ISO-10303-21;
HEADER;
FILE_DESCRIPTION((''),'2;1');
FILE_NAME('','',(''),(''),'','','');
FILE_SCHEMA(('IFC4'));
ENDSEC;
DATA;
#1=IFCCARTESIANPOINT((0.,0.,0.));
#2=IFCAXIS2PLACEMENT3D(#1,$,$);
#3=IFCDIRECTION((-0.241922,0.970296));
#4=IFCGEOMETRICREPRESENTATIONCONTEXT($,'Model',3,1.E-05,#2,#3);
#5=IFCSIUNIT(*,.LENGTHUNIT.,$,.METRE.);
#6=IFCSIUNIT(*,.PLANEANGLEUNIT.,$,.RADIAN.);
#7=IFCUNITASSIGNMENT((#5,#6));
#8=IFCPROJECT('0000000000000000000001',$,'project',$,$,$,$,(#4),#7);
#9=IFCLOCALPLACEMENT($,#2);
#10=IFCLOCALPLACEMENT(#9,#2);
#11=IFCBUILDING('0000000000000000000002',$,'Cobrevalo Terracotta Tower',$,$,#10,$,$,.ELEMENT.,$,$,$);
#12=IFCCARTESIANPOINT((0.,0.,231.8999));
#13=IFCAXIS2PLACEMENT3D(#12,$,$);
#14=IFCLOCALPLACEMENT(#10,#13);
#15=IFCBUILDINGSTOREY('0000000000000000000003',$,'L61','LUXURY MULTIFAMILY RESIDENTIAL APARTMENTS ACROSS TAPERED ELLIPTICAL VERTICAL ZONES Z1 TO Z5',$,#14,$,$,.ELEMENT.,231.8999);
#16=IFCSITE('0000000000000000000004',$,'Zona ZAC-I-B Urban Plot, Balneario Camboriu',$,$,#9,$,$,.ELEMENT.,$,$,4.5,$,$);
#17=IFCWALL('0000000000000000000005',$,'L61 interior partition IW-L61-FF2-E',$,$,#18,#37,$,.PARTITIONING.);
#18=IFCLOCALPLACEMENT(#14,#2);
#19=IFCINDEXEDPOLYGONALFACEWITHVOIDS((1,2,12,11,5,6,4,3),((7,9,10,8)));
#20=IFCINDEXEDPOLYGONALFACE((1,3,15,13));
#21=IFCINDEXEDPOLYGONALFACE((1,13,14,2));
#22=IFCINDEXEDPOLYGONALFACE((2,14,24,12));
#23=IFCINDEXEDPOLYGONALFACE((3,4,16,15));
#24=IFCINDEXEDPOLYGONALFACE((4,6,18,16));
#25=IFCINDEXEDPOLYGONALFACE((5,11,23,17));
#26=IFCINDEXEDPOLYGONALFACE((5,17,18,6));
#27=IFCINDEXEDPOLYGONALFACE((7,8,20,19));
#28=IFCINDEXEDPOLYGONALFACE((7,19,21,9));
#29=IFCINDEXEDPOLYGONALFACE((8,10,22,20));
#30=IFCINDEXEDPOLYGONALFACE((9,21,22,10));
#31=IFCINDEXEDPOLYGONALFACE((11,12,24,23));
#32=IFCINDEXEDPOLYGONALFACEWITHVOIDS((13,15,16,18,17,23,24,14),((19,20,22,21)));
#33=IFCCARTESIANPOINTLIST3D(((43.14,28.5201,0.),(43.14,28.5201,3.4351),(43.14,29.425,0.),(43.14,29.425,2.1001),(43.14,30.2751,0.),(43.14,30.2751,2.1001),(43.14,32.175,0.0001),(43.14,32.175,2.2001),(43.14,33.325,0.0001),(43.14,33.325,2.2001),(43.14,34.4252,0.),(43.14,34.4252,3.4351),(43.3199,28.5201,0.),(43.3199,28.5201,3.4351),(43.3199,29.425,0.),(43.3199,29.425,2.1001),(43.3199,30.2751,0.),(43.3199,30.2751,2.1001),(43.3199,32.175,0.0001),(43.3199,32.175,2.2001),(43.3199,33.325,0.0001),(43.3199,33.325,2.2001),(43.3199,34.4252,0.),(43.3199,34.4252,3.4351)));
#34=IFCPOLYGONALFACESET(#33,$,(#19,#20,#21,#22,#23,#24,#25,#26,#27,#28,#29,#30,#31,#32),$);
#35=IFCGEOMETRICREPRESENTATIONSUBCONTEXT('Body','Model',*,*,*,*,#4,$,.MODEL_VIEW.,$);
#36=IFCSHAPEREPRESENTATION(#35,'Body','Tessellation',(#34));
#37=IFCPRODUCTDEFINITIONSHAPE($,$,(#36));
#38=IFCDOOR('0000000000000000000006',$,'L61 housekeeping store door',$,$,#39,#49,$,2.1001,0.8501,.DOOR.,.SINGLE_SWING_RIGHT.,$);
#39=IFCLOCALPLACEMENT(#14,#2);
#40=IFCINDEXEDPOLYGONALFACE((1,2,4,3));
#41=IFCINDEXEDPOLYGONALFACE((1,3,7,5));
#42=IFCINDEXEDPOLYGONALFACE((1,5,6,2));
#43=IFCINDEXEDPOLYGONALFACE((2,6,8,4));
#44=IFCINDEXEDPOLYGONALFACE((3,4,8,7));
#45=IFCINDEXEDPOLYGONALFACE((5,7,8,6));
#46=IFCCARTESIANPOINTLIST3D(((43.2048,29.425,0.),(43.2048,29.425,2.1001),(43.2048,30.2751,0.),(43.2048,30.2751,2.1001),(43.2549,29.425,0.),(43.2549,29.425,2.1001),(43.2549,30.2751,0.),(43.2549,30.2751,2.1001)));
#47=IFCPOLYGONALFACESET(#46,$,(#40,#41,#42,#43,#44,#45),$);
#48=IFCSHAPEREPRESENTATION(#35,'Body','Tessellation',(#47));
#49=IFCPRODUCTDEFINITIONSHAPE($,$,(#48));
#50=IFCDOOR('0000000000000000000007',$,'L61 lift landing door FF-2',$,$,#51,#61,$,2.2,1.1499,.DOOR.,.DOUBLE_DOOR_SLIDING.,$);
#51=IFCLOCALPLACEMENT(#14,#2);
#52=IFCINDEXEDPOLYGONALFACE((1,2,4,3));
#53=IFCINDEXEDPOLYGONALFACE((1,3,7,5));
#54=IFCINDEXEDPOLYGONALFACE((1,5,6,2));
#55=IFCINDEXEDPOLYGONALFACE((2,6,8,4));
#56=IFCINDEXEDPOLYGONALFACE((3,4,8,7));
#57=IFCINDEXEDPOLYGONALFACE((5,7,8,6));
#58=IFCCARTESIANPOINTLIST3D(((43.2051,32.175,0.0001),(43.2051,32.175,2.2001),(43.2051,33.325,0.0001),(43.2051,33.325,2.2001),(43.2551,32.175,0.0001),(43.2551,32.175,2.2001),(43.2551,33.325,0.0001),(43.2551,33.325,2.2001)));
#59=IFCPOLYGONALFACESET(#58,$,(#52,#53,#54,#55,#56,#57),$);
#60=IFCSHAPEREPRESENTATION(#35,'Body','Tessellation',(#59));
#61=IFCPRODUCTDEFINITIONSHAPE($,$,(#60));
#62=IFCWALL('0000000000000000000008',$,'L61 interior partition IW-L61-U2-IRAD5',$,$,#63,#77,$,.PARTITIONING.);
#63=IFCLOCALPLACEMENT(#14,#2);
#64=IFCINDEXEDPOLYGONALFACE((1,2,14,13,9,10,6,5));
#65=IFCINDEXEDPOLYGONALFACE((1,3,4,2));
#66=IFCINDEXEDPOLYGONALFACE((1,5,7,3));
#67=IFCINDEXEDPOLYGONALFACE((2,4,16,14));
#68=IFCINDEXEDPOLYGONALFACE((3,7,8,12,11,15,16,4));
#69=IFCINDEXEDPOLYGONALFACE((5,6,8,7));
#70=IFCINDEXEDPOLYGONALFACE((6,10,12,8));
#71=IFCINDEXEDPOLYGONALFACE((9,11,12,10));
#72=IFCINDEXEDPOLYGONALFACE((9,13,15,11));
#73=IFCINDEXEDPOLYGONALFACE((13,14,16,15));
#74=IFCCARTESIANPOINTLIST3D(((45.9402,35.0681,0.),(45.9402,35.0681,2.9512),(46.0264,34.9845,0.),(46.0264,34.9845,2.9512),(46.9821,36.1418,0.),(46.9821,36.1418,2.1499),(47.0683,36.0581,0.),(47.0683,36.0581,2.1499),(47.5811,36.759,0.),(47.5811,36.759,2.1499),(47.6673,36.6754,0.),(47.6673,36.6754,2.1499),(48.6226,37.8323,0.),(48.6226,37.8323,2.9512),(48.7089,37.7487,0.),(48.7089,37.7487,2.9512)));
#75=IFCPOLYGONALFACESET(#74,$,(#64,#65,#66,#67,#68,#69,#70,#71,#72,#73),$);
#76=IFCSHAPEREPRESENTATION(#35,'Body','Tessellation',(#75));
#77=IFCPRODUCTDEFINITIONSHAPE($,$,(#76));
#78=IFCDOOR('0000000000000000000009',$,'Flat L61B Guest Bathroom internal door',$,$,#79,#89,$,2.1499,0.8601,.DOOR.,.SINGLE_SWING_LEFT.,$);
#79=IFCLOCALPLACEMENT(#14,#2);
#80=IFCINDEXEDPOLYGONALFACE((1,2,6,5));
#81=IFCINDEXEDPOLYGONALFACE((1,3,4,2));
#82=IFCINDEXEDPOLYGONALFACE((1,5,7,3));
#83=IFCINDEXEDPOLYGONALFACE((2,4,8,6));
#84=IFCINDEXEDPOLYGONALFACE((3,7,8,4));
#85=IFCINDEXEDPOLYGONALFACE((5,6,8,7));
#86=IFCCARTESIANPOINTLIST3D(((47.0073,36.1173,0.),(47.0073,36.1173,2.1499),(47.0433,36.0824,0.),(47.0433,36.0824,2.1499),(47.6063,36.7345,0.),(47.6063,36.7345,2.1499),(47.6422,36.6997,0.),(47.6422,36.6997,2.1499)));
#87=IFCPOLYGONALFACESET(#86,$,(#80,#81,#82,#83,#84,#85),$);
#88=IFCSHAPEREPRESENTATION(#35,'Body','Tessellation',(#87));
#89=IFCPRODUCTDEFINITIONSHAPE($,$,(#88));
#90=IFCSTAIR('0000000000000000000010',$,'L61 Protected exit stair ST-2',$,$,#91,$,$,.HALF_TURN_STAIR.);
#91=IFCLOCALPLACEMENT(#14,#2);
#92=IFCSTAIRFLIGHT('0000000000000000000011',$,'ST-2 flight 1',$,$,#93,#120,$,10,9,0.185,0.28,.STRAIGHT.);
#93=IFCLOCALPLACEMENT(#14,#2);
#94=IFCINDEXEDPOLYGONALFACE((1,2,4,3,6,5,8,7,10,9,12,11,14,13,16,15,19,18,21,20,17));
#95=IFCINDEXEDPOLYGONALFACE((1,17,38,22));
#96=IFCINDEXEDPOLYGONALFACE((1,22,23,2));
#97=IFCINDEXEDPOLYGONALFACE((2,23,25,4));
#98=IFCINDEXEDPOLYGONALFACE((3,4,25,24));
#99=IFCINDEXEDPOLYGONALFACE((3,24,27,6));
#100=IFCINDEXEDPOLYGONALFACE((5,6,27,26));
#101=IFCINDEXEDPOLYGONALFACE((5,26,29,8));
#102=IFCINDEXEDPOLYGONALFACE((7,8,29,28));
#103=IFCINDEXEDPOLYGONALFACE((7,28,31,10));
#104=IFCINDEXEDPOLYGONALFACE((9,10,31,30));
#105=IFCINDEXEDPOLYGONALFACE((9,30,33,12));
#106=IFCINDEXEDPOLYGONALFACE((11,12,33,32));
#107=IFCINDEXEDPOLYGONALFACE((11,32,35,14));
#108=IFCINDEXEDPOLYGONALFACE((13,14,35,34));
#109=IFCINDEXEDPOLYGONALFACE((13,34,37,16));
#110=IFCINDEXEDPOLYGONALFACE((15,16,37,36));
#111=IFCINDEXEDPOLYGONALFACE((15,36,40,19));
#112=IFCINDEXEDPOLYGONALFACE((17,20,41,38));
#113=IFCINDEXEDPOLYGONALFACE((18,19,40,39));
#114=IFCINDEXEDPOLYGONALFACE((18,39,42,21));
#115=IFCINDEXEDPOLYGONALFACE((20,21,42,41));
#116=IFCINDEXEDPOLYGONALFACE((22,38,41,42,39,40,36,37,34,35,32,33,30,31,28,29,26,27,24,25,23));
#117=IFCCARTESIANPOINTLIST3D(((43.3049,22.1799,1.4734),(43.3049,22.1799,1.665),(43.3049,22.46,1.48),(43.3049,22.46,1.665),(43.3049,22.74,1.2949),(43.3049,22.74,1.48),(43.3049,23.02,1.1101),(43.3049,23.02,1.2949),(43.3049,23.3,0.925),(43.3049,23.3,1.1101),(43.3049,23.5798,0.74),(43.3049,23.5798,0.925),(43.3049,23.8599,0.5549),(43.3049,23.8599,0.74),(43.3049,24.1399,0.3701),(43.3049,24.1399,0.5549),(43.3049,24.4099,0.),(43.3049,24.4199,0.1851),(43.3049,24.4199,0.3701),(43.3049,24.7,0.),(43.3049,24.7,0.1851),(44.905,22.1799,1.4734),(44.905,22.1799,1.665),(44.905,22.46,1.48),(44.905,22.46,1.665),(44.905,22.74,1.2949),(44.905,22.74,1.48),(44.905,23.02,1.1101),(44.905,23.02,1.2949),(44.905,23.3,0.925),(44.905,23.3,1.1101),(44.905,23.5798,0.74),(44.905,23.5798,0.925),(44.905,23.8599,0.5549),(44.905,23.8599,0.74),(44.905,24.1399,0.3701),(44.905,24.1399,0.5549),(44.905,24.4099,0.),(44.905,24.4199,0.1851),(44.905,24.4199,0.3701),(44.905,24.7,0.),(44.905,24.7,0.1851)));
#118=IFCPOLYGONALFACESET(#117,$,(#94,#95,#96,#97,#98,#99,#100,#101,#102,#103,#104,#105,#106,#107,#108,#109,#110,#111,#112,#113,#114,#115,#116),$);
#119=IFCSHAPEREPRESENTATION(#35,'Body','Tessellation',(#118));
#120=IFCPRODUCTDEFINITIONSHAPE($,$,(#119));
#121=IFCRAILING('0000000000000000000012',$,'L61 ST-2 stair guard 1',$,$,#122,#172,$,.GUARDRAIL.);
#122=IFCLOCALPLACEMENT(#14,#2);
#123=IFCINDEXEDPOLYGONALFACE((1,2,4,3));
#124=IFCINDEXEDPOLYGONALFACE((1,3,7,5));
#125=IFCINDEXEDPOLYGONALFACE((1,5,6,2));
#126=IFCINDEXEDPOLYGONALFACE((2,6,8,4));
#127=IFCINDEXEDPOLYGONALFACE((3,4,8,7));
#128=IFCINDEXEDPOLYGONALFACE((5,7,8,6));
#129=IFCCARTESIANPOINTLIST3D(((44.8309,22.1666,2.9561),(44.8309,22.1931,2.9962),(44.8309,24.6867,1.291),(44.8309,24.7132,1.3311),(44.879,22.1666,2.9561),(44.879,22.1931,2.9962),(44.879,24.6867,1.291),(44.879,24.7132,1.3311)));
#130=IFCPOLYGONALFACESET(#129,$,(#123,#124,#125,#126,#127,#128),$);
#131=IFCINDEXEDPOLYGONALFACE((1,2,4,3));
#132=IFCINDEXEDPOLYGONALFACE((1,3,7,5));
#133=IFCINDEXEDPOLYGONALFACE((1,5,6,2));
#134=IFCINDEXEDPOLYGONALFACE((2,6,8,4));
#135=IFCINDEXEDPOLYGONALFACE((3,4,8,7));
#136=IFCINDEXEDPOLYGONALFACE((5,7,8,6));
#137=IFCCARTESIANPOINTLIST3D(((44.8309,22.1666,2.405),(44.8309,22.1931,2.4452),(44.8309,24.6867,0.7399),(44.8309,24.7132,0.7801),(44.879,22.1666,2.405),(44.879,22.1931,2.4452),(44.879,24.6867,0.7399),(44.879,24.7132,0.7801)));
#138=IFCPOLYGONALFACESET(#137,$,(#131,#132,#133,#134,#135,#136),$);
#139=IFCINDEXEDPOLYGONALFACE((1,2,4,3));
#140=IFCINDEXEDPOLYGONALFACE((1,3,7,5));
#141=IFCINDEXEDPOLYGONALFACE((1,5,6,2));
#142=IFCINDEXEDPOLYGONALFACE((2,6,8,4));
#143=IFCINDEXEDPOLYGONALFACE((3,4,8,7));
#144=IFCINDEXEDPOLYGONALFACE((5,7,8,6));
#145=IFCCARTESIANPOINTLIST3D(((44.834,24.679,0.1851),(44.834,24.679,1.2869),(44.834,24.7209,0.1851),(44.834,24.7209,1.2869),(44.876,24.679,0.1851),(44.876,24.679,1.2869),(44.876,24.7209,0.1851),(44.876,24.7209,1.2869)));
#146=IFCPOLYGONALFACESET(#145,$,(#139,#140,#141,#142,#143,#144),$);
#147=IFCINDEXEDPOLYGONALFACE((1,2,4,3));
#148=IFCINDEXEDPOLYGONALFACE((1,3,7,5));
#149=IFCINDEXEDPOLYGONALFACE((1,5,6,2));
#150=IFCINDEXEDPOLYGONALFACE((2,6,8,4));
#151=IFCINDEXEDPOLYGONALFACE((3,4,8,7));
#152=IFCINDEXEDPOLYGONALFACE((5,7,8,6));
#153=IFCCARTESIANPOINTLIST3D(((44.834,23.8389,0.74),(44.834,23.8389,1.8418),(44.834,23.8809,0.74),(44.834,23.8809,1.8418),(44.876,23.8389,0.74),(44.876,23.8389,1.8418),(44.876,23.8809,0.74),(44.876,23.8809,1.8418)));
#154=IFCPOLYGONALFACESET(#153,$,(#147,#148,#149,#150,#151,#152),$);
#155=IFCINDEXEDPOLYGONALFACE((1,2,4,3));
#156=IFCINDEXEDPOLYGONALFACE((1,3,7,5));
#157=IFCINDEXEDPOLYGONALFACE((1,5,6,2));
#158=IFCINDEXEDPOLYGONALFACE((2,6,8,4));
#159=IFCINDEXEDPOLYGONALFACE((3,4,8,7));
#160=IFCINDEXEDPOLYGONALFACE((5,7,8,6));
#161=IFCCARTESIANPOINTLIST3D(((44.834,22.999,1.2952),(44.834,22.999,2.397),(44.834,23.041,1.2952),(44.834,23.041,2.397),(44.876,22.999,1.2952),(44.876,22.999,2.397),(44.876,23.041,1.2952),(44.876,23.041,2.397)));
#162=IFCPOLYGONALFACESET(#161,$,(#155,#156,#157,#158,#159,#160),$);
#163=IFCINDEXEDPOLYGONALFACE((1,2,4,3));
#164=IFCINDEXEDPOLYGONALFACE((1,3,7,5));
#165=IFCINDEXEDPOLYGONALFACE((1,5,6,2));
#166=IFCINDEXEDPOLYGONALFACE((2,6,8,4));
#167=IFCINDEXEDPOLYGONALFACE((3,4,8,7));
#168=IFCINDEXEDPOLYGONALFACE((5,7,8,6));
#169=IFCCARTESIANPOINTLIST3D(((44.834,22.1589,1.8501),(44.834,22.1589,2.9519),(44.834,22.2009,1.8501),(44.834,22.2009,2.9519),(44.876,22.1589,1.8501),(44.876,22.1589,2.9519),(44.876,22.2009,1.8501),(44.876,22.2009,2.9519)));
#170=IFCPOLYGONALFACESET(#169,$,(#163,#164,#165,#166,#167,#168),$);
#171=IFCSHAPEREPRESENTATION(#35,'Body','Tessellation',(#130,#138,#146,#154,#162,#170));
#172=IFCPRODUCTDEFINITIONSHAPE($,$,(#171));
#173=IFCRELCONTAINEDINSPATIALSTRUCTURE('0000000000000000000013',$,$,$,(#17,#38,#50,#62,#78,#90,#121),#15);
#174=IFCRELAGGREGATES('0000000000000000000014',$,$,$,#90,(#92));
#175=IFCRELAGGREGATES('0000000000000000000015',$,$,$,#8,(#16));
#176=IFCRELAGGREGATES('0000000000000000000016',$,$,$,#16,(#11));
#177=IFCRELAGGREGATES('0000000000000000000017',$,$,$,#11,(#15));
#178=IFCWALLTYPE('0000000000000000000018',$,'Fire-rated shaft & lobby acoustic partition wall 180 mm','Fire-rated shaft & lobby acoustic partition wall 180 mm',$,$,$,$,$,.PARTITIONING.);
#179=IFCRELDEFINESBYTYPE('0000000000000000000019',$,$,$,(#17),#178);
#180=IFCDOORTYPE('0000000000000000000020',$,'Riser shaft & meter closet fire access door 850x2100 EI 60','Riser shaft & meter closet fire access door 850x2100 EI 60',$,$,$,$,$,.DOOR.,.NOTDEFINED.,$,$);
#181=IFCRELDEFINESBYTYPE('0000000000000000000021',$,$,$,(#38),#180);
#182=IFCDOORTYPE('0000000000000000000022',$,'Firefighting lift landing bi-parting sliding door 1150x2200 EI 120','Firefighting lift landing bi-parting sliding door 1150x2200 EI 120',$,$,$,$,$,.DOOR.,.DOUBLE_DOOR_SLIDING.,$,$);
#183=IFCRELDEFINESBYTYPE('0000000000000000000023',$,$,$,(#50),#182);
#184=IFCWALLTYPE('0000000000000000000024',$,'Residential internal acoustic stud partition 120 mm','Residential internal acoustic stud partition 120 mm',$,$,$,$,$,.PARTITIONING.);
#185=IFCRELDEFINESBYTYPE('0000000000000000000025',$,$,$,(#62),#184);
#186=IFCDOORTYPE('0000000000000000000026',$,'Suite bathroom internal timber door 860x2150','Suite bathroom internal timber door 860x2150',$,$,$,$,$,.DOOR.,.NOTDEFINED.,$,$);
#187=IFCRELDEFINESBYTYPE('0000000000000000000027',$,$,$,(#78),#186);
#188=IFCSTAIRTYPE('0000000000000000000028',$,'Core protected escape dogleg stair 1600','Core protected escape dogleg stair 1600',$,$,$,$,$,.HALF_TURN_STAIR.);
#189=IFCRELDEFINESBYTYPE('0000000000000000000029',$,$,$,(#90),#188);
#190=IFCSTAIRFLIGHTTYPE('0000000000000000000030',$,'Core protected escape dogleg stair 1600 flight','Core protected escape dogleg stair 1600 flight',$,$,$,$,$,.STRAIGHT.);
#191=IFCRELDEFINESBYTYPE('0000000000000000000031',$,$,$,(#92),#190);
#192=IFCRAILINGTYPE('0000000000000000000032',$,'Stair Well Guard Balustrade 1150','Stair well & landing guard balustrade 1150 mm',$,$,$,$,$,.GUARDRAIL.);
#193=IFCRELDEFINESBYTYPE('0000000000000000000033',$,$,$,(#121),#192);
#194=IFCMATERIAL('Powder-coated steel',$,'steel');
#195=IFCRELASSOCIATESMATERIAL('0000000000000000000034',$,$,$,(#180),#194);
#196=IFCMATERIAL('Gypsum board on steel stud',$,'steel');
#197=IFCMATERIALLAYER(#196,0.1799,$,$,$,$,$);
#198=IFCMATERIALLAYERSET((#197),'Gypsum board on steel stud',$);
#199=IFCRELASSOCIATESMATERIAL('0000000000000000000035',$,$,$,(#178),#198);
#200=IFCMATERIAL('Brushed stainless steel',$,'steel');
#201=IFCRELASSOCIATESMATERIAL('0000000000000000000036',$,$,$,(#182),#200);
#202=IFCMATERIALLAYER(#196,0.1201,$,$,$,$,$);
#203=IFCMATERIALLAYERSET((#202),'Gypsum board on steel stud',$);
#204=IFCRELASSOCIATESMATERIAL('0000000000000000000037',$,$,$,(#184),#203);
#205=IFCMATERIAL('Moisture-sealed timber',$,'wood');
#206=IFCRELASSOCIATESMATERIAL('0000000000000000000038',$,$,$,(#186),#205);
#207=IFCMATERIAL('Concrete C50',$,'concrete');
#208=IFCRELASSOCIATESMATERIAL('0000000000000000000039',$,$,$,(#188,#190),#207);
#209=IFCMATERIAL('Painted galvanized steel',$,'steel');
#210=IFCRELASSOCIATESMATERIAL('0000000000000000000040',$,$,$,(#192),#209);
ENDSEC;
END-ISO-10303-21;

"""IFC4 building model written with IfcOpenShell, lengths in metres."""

from ifc_helpers import new_model, si_unit, direction, frame, frame_2d, origin, origin_2d, place, context, subcontext, project, spatial, polyline, rectangle, outline, extrude, source, transform, mapped, material, layer, layer_set, type_object, element, fill, aggregate, save


model = new_model("IFC4")

# Units and contexts
model_context = context("Model", 3, precision=1e-05, world=origin(), true_north=direction((-0.241922, 0.970296)))
body_context = subcontext(model_context, "Body", "Model", "MODEL_VIEW")
ifc_project = project(units=[si_unit("LENGTHUNIT", "METRE"), si_unit("PLANEANGLEUNIT", "RADIAN")], contexts=[model_context])

# Site, building, storey
site_placement = place(None, origin())
site = spatial("IfcSite", under=ifc_project, at=site_placement, Name="Zona ZAC-I-B Urban Plot, Balneario Camboriu", CompositionType="ELEMENT", RefElevation=4.5)
building_placement = place(site_placement, origin())
building = spatial("IfcBuilding", under=site, at=building_placement, Name="Cobrevalo Terracotta Tower", CompositionType="ELEMENT")
storey_placement = place(building_placement, frame((0.0, 0.0, 231.8999)))
storey = spatial("IfcBuildingStorey", under=building, at=storey_placement, Name="L61", Description="LUXURY MULTIFAMILY RESIDENTIAL APARTMENTS ACROSS TAPERED ELLIPTICAL VERTICAL ZONES Z1 TO Z5", CompositionType="ELEMENT", Elevation=231.8999)

# Shared definitions
ifc_material_1 = material(Name="Concrete C50", Category="concrete")

# Shared definitions
ifc_material_2 = material(Name="Gypsum board on steel stud", Category="steel")

# Shared definitions
ifc_material_3 = material(Name="Powder-coated steel", Category="steel")
door_type_1 = type_object("IfcDoorType", Name="Riser shaft & meter closet fire access door 850x2100 EI 60", Description="Riser shaft & meter closet fire access door 850x2100 EI 60", OperationType="NOTDEFINED", PredefinedType="DOOR", material=ifc_material_3)
shared_shape_1 = source(origin(), body_context, "Body", "SweptSolid", [
    extrude(rectangle(XDim=0.8501, YDim=2.1001, at=frame_2d((0.425, 1.05))), frame((0.0, 0.0249, 0.0), z_axis=(0.0, -1.0, 0.0), x_axis=(1.0, 0.0, 0.0)), (0.0, 0.0, 1.0), 0.05),
])

# Shared definitions
ifc_material_4 = material(Name="Brushed stainless steel", Category="steel")

# Shared definitions
ifc_layer_1 = layer(ifc_material_2, 0.1799)
ifc_layer_set_1 = layer_set([ifc_layer_1], Name="Gypsum board on steel stud")
wall_type_1 = type_object("IfcWallType", Name="Fire-rated shaft & lobby acoustic partition wall 180 mm", Description="Fire-rated shaft & lobby acoustic partition wall 180 mm", PredefinedType="PARTITIONING", material=ifc_layer_set_1)

# Wall, openings, doors
wall_1_placement = place(storey_placement, frame((43.23, 28.52, 0.0), z_axis=(0.0, 0.0, 1.0), x_axis=(0.0, 1.0, 0.0)))
wall_1 = element("IfcWall", 1, at=wall_1_placement, inside=storey, type_object=wall_type_1, Name="L61 interior partition IW-L61-FF2-E", PredefinedType="PARTITIONING", context=body_context, shape_type="SweptSolid", body=[
    extrude(rectangle(XDim=5.905, YDim=0.1799, at=frame_2d((2.9526, 0.0))), origin(), (0.0, 0.0, 1.0), 3.4351),
])
opening_1_placement = place(wall_1_placement, frame((0.905, 0.0, 0.0)))
opening_1 = element("IfcOpeningElement", 2, at=opening_1_placement, cuts=wall_1, PredefinedType="OPENING", context=body_context, shape_type="SweptSolid", body=[
    extrude(rectangle(XDim=0.8501, YDim=2.1001, at=frame_2d((0.425, 1.05))), frame((0.0, 0.1001, 0.0), z_axis=(0.0, -1.0, 0.0), x_axis=(1.0, 0.0, 0.0)), (0.0, 0.0, 1.0), 0.2),
])
opening_2_placement = place(wall_1_placement, frame((3.655, 0.0, 0.0)))
opening_2 = element("IfcOpeningElement", 3, at=opening_2_placement, cuts=wall_1, PredefinedType="OPENING", context=body_context, shape_type="SweptSolid", body=[
    extrude(rectangle(XDim=1.1499, YDim=2.2, at=frame_2d((0.575, 1.1001))), frame((0.0, 0.1001, 0.0), z_axis=(0.0, -1.0, 0.0), x_axis=(1.0, 0.0, 0.0)), (0.0, 0.0, 1.0), 0.2),
])
door_1_placement = place(opening_1_placement, frame((0.8501, 0.0, 0.0), z_axis=(0.0, 0.0, 1.0), x_axis=(-1.0, 0.0, 0.0)))
door_1 = element("IfcDoor", 4, at=door_1_placement, inside=storey, type_object=door_type_1, Name="L61 housekeeping store door", OperationType="SINGLE_SWING_RIGHT", OverallHeight=2.1001, OverallWidth=0.8501, PredefinedType="DOOR", context=body_context, shape_type="MappedRepresentation", body=[
    mapped(shared_shape_1, transform((0.0, 0.0, 0.0), scale=1.0)),
])
fill(opening_1, door_1)
door_type_2 = type_object("IfcDoorType", Name="Firefighting lift landing bi-parting sliding door 1150x2200 EI 120", Description="Firefighting lift landing bi-parting sliding door 1150x2200 EI 120", OperationType="DOUBLE_DOOR_SLIDING", PredefinedType="DOOR", material=ifc_material_4)
shared_shape_2 = source(origin(), body_context, "Body", "SweptSolid", [
    extrude(rectangle(XDim=1.1499, YDim=2.2, at=frame_2d((0.575, 1.1001))), frame((0.0, 0.0249, 0.0), z_axis=(0.0, -1.0, 0.0), x_axis=(1.0, 0.0, 0.0)), (0.0, 0.0, 1.0), 0.05),
])
door_2_placement = place(opening_2_placement, origin())
door_2 = element("IfcDoor", 5, at=door_2_placement, inside=storey, type_object=door_type_2, Name="L61 lift landing door FF-2", OperationType="DOUBLE_DOOR_SLIDING", OverallHeight=2.2, OverallWidth=1.1499, PredefinedType="DOOR", context=body_context, shape_type="MappedRepresentation", body=[
    mapped(shared_shape_2, transform((0.0, 0.0, 0.0), scale=1.0)),
])
fill(opening_2, door_2)

# Wall, opening, door
ifc_layer_2 = layer(ifc_material_2, 0.1201)
ifc_layer_set_2 = layer_set([ifc_layer_2], Name="Gypsum board on steel stud")
wall_type_2 = type_object("IfcWallType", Name="Residential internal acoustic stud partition 120 mm", Description="Residential internal acoustic stud partition 120 mm", PredefinedType="PARTITIONING", material=ifc_layer_set_2)
ifc_material_5 = material(Name="Moisture-sealed timber", Category="wood")
door_type_3 = type_object("IfcDoorType", Name="Suite bathroom internal timber door 860x2150", Description="Suite bathroom internal timber door 860x2150", OperationType="NOTDEFINED", PredefinedType="DOOR", material=ifc_material_5)
shared_shape_3 = source(origin(), body_context, "Body", "SweptSolid", [
    extrude(rectangle(XDim=0.8601, YDim=2.1499, at=frame_2d((0.4302, 1.075))), frame((0.0, 0.0249, 0.0), z_axis=(0.0, -1.0, 0.0), x_axis=(1.0, 0.0, 0.0)), (0.0, 0.0, 1.0), 0.05),
])
wall_2_placement = place(storey_placement, frame((45.9834, 35.0264, 0.0), z_axis=(0.0, 0.0, 1.0), x_axis=(0.69641, 0.717644, 0.0)))
wall_2 = element("IfcWall", 6, at=wall_2_placement, inside=storey, type_object=wall_type_2, Name="L61 interior partition IW-L61-U2-IRAD5", PredefinedType="PARTITIONING", context=body_context, shape_type="SweptSolid", body=[
    extrude(rectangle(XDim=3.8518, YDim=0.1201, at=frame_2d((1.9258, 0.0))), origin(), (0.0, 0.0, 1.0), 2.9512),
])
opening_3_placement = place(wall_2_placement, frame((1.4958, 0.0, 0.0)))
opening_3 = element("IfcOpeningElement", 7, at=opening_3_placement, cuts=wall_2, PredefinedType="OPENING", context=body_context, shape_type="SweptSolid", body=[
    extrude(rectangle(XDim=0.8601, YDim=2.1499, at=frame_2d((0.4302, 1.075))), frame((0.0, 0.0701, 0.0), z_axis=(0.0, -1.0, 0.0), x_axis=(1.0, 0.0, 0.0)), (0.0, 0.0, 1.0), 0.1401),
])
door_3_placement = place(opening_3_placement, origin())
door_3 = element("IfcDoor", 8, at=door_3_placement, inside=storey, type_object=door_type_3, Name="Flat L61B Guest Bathroom internal door", OperationType="SINGLE_SWING_LEFT", OverallHeight=2.1499, OverallWidth=0.8601, PredefinedType="DOOR", context=body_context, shape_type="MappedRepresentation", body=[
    mapped(shared_shape_3, transform((0.0, 0.0, 0.0), scale=1.0)),
])
fill(opening_3, door_3)

# Stair, stair flight
stair_type = type_object("IfcStairType", Name="Core protected escape dogleg stair 1600", Description="Core protected escape dogleg stair 1600", PredefinedType="HALF_TURN_STAIR", material=ifc_material_1)
stair_placement = place(storey_placement, origin())
stair = element("IfcStair", 9, at=stair_placement, inside=storey, type_object=stair_type, Name="L61 Protected exit stair ST-2", PredefinedType="HALF_TURN_STAIR")
stair_flight_type = type_object("IfcStairFlightType", Name="Core protected escape dogleg stair 1600 flight", Description="Core protected escape dogleg stair 1600 flight", PredefinedType="STRAIGHT", material=ifc_material_1)
stair_flight_placement = place(storey_placement, frame((44.105, 24.7, 0.0), z_axis=(0.0, 0.0, 1.0), x_axis=(0.0, -1.0, 0.0)))
stair_flight = element("IfcStairFlight", 10, at=stair_flight_placement, type_object=stair_flight_type, Name="ST-2 flight 1", NumberOfRisers=10, NumberOfTreads=9, PredefinedType="STRAIGHT", RiserHeight=0.185, TreadLength=0.28, context=body_context, shape_type="SweptSolid", body=[
    extrude(outline(polyline([(0.0, 0.0), (0.0, 0.1851), (0.28, 0.1851), (0.28, 0.3701), (0.5601, 0.3701), (0.5601, 0.5549), (0.8401, 0.5549), (0.8401, 0.74), (1.1201, 0.74), (1.1201, 0.925), (1.3999, 0.925), (1.3999, 1.1101), (1.6799, 1.1101), (1.6799, 1.2949), (1.96, 1.2949), (1.96, 1.48), (2.24, 1.48), (2.24, 1.665), (2.52, 1.665), (2.52, 1.8501), (2.52, 1.4734), (0.29, 0.0), (0.0, 0.0)])), frame((0.0, 0.8, 0.0), z_axis=(0.0, -1.0, 0.0), x_axis=(1.0, 0.0, 0.0)), (0.0, 0.0, 1.0), 1.6001),
])
aggregate(stair, [stair_flight])

# Railing
ifc_material_6 = material(Name="Painted galvanized steel", Category="steel")
railing_type = type_object("IfcRailingType", Name="Stair Well Guard Balustrade 1150", Description="Stair well & landing guard balustrade 1150 mm", PredefinedType="GUARDRAIL", material=ifc_material_6)
railing_1_placement = place(storey_placement, frame((44.855, 24.7, 0.1851)))
element("IfcRailing", 11, at=railing_1_placement, inside=storey, type_object=railing_type, Name="L61 ST-2 stair guard 1", PredefinedType="GUARDRAIL", context=body_context, shape_type="SweptSolid", body=[
    extrude(rectangle(XDim=0.0481, YDim=0.0481, at=origin_2d()), frame((0.0, 0.0, 1.126), z_axis=(0.0, -0.834331, 0.551263), x_axis=(1.0, 0.0, 0.0)), (0.0, 0.0, 1.0), 3.0205),
    extrude(rectangle(XDim=0.0481, YDim=0.0481, at=origin_2d()), frame((0.0, 0.0, 0.575), z_axis=(0.0, -0.834331, 0.551263), x_axis=(1.0, 0.0, 0.0)), (0.0, 0.0, 1.0), 3.0205),
    extrude(rectangle(XDim=0.042, YDim=0.042, at=origin_2d()), origin(), (0.0, 0.0, 1.0), 1.1018),
    extrude(rectangle(XDim=0.042, YDim=0.042, at=origin_2d()), frame((0.0, -0.8401, 0.5549)), (0.0, 0.0, 1.0), 1.1018),
    extrude(rectangle(XDim=0.042, YDim=0.042, at=origin_2d()), frame((0.0, -1.6799, 1.1101)), (0.0, 0.0, 1.0), 1.1018),
    extrude(rectangle(XDim=0.042, YDim=0.042, at=origin_2d()), frame((0.0, -2.52, 1.665)), (0.0, 0.0, 1.0), 1.1018),
])

save(model, "model.ifc")
